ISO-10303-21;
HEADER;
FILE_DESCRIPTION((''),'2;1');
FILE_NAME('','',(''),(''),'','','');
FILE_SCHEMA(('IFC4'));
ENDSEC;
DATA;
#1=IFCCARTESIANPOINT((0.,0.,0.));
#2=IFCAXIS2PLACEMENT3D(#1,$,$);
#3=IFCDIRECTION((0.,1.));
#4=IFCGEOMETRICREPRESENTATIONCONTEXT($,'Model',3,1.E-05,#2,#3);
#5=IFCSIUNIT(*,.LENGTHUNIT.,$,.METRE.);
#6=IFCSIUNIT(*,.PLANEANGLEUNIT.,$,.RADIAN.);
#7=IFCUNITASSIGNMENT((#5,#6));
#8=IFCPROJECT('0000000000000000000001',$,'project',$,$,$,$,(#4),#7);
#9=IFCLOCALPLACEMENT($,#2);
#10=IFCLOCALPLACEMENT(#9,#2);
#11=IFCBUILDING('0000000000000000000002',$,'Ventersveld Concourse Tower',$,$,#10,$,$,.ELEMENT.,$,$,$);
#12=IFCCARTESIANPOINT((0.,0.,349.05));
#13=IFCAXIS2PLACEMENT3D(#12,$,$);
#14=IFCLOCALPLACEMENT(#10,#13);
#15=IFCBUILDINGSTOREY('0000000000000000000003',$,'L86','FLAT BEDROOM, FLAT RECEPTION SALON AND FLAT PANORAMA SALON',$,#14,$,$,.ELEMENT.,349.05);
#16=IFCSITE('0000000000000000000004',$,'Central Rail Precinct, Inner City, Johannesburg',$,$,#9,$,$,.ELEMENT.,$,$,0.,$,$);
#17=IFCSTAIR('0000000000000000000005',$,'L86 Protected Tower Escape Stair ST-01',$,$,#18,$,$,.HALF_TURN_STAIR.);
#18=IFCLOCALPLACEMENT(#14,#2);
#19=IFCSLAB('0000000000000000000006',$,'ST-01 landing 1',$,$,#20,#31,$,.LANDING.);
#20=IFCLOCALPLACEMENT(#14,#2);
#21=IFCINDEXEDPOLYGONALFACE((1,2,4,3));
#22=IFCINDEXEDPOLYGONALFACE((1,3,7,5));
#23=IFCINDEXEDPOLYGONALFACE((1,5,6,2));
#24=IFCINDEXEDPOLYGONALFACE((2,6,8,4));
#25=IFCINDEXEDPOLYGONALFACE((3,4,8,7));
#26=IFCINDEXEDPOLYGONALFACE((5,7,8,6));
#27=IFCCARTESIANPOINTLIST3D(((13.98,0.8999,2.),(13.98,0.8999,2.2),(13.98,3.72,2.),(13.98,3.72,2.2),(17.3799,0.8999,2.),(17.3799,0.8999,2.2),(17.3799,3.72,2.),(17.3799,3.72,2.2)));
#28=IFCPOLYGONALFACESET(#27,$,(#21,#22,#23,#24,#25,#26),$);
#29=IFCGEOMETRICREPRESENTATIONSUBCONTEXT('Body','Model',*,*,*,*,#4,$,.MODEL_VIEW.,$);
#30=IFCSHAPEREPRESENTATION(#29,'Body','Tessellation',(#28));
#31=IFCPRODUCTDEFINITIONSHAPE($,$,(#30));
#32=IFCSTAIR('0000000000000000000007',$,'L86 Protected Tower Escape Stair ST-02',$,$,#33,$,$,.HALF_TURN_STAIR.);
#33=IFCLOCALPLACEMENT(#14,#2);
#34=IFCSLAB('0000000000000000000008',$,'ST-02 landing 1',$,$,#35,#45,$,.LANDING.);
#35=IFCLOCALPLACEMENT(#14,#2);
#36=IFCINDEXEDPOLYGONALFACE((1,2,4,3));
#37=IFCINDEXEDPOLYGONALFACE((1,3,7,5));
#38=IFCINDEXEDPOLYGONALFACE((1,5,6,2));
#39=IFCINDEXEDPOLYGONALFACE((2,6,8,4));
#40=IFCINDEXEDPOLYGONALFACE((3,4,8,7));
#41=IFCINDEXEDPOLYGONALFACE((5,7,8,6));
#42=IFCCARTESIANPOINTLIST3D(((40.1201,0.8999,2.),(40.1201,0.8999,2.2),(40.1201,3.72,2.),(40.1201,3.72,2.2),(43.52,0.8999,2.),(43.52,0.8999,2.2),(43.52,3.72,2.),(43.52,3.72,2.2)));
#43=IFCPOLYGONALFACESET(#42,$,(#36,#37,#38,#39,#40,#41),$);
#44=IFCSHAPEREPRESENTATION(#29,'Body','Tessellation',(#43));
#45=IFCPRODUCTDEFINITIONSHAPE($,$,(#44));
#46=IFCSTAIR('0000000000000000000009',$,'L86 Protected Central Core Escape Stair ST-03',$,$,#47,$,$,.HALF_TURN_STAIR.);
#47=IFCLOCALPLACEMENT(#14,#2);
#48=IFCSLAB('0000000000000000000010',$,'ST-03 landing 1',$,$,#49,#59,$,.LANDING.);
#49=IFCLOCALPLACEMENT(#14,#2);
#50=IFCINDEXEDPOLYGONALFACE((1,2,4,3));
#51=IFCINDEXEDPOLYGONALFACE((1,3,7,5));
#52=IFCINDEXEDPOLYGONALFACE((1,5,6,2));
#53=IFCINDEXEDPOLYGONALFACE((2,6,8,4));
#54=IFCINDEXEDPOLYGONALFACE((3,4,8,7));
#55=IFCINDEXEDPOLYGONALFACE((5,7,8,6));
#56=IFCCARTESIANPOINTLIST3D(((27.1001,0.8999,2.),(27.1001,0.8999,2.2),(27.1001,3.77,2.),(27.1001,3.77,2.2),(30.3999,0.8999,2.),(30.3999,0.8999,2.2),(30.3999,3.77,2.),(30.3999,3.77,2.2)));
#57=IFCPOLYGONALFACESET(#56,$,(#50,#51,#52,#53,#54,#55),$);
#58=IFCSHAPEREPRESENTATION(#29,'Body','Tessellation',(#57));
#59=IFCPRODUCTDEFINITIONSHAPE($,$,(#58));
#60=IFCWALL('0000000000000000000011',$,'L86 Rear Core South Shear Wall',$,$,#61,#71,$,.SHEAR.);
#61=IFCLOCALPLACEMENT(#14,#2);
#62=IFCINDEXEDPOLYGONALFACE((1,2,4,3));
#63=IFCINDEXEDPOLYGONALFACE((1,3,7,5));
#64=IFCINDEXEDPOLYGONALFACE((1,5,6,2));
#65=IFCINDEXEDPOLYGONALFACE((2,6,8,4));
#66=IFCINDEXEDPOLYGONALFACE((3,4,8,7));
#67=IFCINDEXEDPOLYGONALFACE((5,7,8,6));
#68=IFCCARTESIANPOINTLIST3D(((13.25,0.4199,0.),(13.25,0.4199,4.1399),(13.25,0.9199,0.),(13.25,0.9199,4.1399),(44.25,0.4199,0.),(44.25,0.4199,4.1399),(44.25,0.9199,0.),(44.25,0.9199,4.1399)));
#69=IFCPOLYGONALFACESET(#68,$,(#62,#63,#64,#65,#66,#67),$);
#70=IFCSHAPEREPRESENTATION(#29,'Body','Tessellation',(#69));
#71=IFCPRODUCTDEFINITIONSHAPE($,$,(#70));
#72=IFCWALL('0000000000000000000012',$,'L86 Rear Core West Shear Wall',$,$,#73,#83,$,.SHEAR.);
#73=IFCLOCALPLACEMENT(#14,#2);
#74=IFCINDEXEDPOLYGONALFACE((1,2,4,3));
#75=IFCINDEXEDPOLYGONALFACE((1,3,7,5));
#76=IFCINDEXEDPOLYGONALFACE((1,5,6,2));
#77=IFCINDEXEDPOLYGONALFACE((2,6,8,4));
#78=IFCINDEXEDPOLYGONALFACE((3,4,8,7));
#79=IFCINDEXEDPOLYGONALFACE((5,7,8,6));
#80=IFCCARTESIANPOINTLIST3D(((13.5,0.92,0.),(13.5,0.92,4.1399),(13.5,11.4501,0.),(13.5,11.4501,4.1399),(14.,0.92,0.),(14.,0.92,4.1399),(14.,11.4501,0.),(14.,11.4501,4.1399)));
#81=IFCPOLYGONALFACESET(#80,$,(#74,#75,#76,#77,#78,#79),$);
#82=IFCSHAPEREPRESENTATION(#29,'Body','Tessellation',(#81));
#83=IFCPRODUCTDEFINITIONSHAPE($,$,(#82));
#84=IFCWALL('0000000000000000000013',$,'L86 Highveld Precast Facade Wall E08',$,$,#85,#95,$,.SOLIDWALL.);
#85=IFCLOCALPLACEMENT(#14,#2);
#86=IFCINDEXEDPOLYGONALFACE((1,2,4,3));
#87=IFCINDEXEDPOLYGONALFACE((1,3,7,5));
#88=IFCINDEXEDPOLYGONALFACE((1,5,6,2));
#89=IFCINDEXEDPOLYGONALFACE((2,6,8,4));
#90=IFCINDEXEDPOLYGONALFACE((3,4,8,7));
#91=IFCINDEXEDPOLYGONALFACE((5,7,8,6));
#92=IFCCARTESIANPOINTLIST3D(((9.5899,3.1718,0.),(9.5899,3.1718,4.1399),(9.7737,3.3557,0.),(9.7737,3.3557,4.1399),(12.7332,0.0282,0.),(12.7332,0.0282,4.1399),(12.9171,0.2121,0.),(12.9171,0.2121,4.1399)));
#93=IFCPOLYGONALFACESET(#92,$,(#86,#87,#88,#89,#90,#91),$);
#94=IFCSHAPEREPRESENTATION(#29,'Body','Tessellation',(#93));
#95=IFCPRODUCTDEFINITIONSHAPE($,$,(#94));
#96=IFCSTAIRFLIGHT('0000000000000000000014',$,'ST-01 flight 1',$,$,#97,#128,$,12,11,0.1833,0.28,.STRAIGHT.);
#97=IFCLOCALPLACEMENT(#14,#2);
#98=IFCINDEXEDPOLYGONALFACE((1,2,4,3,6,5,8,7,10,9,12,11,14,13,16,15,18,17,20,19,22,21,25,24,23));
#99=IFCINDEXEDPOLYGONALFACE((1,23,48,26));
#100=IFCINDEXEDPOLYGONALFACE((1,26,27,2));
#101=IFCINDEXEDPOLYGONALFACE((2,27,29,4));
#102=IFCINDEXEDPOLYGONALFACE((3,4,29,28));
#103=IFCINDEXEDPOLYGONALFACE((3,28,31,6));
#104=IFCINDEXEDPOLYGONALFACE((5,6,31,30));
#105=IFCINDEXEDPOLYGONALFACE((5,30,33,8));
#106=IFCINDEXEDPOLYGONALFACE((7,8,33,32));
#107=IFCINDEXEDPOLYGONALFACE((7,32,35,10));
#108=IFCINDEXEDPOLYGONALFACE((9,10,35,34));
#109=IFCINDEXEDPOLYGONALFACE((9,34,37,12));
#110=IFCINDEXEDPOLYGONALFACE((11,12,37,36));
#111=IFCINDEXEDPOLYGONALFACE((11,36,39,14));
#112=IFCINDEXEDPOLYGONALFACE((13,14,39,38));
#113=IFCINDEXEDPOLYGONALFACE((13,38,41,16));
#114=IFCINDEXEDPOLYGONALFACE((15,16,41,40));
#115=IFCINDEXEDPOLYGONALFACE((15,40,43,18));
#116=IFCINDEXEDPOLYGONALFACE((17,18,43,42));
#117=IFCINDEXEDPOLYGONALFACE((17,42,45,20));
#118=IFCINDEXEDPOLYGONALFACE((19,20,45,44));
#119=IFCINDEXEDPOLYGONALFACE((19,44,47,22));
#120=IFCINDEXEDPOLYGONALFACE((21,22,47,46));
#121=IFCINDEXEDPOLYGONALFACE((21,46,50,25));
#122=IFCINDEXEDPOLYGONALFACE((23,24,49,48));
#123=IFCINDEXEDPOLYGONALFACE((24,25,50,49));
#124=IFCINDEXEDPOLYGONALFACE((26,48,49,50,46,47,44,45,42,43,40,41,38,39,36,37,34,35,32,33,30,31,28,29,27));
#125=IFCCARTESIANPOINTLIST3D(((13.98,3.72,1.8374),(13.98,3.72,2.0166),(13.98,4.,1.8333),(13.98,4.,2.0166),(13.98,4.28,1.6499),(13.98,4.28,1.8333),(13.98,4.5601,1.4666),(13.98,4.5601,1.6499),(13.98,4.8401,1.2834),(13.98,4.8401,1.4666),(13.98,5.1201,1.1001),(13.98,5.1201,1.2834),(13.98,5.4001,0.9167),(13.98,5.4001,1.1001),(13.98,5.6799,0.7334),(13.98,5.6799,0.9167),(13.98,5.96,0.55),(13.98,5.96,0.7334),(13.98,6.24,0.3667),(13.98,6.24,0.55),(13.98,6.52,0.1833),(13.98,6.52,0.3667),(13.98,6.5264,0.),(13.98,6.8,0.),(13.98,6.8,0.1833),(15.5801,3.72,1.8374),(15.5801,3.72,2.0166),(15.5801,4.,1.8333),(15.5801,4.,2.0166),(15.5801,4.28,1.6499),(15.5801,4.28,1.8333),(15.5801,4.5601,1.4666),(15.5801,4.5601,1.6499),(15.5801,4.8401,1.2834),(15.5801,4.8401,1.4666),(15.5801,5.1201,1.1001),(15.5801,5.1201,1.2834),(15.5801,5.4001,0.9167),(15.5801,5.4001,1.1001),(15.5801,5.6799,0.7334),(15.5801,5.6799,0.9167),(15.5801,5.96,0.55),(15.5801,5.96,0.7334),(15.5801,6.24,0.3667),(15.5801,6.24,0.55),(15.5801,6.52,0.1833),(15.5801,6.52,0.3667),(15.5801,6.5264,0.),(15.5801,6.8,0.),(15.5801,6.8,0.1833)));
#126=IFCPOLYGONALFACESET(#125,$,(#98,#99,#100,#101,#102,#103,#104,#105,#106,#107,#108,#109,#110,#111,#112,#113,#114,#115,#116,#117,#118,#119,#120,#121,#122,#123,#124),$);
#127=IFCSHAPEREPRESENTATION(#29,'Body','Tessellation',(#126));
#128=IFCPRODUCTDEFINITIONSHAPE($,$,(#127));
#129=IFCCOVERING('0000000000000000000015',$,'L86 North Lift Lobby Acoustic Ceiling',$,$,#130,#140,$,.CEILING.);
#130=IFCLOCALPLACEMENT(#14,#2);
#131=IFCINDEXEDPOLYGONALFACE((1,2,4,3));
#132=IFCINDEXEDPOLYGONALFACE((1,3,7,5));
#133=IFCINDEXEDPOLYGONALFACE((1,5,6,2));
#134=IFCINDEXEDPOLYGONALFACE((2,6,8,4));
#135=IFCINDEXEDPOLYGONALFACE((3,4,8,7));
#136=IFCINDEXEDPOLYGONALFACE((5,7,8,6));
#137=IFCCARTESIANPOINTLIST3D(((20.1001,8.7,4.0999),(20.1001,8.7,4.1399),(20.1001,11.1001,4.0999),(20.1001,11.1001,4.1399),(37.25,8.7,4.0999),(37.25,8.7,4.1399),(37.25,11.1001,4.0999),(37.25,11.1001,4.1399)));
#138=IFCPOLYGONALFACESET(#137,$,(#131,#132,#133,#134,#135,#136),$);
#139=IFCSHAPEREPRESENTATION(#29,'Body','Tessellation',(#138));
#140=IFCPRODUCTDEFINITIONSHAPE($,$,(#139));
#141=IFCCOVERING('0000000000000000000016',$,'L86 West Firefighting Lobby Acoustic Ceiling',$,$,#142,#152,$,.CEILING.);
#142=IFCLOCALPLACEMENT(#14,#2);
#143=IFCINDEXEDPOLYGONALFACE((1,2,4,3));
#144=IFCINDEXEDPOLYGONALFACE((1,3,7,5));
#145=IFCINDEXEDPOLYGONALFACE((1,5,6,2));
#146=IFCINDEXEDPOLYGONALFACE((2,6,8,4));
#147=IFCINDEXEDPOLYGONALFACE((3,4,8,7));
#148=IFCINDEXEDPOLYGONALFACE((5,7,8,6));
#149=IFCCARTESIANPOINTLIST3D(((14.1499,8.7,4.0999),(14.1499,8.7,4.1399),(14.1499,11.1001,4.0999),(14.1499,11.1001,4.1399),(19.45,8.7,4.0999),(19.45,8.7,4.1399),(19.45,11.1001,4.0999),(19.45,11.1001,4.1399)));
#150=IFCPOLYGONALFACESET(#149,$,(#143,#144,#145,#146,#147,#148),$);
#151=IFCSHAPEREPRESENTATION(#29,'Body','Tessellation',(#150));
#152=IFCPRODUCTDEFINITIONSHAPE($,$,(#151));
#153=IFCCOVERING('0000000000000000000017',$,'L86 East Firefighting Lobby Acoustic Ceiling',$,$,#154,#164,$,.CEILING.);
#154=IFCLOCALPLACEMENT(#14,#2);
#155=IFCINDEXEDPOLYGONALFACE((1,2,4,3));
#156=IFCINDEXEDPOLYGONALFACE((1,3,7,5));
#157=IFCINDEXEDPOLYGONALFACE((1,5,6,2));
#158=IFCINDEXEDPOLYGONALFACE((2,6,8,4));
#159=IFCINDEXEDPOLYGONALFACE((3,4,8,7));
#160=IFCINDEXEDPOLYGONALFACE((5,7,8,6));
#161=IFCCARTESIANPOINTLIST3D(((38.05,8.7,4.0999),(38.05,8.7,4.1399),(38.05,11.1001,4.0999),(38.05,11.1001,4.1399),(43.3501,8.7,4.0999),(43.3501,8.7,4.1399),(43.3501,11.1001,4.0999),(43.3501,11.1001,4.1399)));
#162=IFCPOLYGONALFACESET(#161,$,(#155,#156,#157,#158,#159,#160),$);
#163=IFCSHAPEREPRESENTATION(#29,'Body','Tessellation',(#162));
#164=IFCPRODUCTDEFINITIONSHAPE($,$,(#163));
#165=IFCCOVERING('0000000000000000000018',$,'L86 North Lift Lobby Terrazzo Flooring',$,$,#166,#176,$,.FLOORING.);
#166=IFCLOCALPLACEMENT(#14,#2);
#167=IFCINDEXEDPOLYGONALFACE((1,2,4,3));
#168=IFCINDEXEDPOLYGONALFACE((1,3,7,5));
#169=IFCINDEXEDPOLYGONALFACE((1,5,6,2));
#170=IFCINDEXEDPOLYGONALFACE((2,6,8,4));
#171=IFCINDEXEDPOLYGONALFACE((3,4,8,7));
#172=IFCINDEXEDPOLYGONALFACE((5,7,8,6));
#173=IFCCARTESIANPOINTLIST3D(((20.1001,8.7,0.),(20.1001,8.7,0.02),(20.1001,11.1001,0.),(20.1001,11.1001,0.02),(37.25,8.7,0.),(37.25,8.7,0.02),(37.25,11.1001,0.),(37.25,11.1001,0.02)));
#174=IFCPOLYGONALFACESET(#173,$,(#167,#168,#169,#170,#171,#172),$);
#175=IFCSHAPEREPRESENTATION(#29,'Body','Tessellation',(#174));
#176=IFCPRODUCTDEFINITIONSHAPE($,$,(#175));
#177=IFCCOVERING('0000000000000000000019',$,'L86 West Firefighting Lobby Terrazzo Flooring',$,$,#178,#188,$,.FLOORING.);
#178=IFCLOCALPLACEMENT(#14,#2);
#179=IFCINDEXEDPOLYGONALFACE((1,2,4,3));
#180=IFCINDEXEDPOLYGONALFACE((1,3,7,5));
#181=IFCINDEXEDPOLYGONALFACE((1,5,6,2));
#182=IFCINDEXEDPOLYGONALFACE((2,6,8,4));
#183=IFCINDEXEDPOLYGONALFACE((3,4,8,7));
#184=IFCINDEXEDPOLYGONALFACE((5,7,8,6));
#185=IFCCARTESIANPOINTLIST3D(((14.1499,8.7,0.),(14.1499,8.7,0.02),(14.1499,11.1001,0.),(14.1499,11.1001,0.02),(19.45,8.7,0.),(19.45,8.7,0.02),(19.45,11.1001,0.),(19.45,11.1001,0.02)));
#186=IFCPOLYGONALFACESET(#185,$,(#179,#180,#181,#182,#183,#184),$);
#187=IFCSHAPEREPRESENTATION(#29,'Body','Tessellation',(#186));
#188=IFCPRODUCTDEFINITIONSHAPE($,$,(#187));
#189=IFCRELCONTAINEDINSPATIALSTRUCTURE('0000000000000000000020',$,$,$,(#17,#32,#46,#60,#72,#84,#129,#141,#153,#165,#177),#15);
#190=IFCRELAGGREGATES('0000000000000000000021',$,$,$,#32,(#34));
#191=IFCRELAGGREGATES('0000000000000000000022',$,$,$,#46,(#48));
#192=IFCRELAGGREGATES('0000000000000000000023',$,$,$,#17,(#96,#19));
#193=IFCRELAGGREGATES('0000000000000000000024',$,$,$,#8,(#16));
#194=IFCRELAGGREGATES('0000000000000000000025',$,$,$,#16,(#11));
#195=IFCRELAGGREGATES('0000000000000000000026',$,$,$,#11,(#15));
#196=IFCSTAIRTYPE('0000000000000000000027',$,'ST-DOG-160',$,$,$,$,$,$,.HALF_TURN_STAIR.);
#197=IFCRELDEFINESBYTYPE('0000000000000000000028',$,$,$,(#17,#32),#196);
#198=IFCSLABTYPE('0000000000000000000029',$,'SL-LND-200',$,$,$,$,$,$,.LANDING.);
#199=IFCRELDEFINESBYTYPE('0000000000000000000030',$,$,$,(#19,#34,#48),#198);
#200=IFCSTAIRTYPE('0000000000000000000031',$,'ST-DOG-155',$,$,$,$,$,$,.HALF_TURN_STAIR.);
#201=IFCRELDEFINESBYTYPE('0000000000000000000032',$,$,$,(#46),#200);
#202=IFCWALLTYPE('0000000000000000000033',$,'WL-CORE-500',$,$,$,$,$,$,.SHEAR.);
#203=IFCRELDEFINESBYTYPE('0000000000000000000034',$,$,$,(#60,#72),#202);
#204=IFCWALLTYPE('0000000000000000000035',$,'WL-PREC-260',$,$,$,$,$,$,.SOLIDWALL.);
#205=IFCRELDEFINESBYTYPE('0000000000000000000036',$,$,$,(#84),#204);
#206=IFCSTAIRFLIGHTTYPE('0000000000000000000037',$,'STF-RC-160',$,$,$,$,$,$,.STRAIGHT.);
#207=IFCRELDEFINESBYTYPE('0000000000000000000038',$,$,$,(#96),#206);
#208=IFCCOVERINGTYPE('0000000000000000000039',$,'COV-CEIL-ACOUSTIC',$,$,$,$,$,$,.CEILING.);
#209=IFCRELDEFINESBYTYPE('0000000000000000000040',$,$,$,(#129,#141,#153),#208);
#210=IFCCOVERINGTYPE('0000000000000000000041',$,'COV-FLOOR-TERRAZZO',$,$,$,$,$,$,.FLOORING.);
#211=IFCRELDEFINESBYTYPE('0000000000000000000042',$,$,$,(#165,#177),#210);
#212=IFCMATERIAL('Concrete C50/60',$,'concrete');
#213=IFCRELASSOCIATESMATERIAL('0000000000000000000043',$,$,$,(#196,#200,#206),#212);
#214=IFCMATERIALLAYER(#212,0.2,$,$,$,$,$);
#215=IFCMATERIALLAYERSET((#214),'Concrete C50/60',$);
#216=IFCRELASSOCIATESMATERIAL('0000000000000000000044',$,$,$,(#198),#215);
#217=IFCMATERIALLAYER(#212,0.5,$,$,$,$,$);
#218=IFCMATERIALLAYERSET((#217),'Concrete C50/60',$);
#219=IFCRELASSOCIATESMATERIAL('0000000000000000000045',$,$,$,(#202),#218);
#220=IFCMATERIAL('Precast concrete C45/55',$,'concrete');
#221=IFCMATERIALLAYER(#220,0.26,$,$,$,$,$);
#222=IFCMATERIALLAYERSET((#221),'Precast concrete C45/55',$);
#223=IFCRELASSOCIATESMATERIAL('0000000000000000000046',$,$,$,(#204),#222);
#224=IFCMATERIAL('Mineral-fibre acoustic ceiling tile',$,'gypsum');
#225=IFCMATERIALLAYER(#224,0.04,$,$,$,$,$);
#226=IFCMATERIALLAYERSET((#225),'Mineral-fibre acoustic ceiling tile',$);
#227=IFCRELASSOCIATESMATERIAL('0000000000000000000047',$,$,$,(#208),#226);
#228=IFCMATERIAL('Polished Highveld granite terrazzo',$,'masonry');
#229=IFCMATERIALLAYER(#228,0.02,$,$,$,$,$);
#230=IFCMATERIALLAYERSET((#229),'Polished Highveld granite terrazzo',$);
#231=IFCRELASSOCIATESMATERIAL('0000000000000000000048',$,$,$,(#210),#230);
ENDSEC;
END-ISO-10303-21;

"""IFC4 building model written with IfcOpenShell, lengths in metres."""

from ifc_helpers import new_model, si_unit, direction, frame, frame_2d, origin, place, context, subcontext, project, spatial, polyline, rectangle, outline, extrude, material, layer, layer_set, type_object, element, aggregate, save


model = new_model("IFC4")

# Units and contexts
model_context = context("Model", 3, precision=1e-05, world=origin(), true_north=direction((0.0, 1.0)))
body_context = subcontext(model_context, "Body", "Model", "MODEL_VIEW")
ifc_project = project(units=[si_unit("LENGTHUNIT", "METRE"), si_unit("PLANEANGLEUNIT", "RADIAN")], contexts=[model_context])

# Site, building, storey
site_placement = place(None, origin())
site = spatial("IfcSite", under=ifc_project, at=site_placement, Name="Central Rail Precinct, Inner City, Johannesburg", CompositionType="ELEMENT", RefElevation=0.0)
building_placement = place(site_placement, origin())
building = spatial("IfcBuilding", under=site, at=building_placement, Name="Ventersveld Concourse Tower", CompositionType="ELEMENT")
storey_placement = place(building_placement, frame((0.0, 0.0, 349.05)))
storey = spatial("IfcBuildingStorey", under=building, at=storey_placement, Name="L86", Description="FLAT BEDROOM, FLAT RECEPTION SALON AND FLAT PANORAMA SALON", CompositionType="ELEMENT", Elevation=349.05)

# Shared definitions
ifc_material_1 = material(Name="Concrete C50/60", Category="concrete")

# Stairs, slabs
stair_type_1 = type_object("IfcStairType", Name="ST-DOG-160", PredefinedType="HALF_TURN_STAIR", material=ifc_material_1)
stair_1_placement = place(storey_placement, origin())
stair_1 = element("IfcStair", 1, at=stair_1_placement, inside=storey, type_object=stair_type_1, Name="L86 Protected Tower Escape Stair ST-01", PredefinedType="HALF_TURN_STAIR")
ifc_layer_1 = layer(ifc_material_1, 0.2)
ifc_layer_set_1 = layer_set([ifc_layer_1], Name="Concrete C50/60")
slab_type_1 = type_object("IfcSlabType", Name="SL-LND-200", PredefinedType="LANDING", material=ifc_layer_set_1)
slab_1_placement = place(storey_placement, frame((0.0, 0.0, 2.0)))
slab_1 = element("IfcSlab", 2, at=slab_1_placement, type_object=slab_type_1, Name="ST-01 landing 1", PredefinedType="LANDING", context=body_context, shape_type="SweptSolid", body=[
    extrude(outline(polyline([(13.98, 3.72), (13.98, 0.8999), (17.3799, 0.8999), (17.3799, 3.72), (13.98, 3.72)])), origin(), (0.0, 0.0, 1.0), 0.2),
])
stair_2_placement = place(storey_placement, origin())
stair_2 = element("IfcStair", 3, at=stair_2_placement, inside=storey, type_object=stair_type_1, Name="L86 Protected Tower Escape Stair ST-02", PredefinedType="HALF_TURN_STAIR")
slab_2_placement = place(storey_placement, frame((0.0, 0.0, 2.0)))
slab_2 = element("IfcSlab", 4, at=slab_2_placement, type_object=slab_type_1, Name="ST-02 landing 1", PredefinedType="LANDING", context=body_context, shape_type="SweptSolid", body=[
    extrude(outline(polyline([(40.1201, 3.72), (40.1201, 0.8999), (43.52, 0.8999), (43.52, 3.72), (40.1201, 3.72)])), origin(), (0.0, 0.0, 1.0), 0.2),
])
aggregate(stair_2, [slab_2])
stair_type_2 = type_object("IfcStairType", Name="ST-DOG-155", PredefinedType="HALF_TURN_STAIR", material=ifc_material_1)
stair_3_placement = place(storey_placement, origin())
stair_3 = element("IfcStair", 5, at=stair_3_placement, inside=storey, type_object=stair_type_2, Name="L86 Protected Central Core Escape Stair ST-03", PredefinedType="HALF_TURN_STAIR")
slab_3_placement = place(storey_placement, frame((0.0, 0.0, 2.0)))
slab_3 = element("IfcSlab", 6, at=slab_3_placement, type_object=slab_type_1, Name="ST-03 landing 1", PredefinedType="LANDING", context=body_context, shape_type="SweptSolid", body=[
    extrude(outline(polyline([(27.1001, 3.77), (27.1001, 0.8999), (30.3999, 0.8999), (30.3999, 3.77), (27.1001, 3.77)])), origin(), (0.0, 0.0, 1.0), 0.2),
])
aggregate(stair_3, [slab_3])

# Walls
ifc_layer_2 = layer(ifc_material_1, 0.5)
ifc_layer_set_2 = layer_set([ifc_layer_2], Name="Concrete C50/60")
wall_type_1 = type_object("IfcWallType", Name="WL-CORE-500", PredefinedType="SHEAR", material=ifc_layer_set_2)
wall_1_placement = place(storey_placement, frame((13.25, 0.6699, 0.0), z_axis=(0.0, 0.0, 1.0), x_axis=(1.0, 0.0, 0.0)))
element("IfcWall", 7, at=wall_1_placement, inside=storey, type_object=wall_type_1, Name="L86 Rear Core South Shear Wall", PredefinedType="SHEAR", context=body_context, shape_type="SweptSolid", body=[
    extrude(rectangle(XDim=31.0, YDim=0.5, at=frame_2d((15.5, 0.0))), origin(), (0.0, 0.0, 1.0), 4.1399),
])
wall_2_placement = place(storey_placement, frame((13.75, 0.9199, 0.0), z_axis=(0.0, 0.0, 1.0), x_axis=(0.0, 1.0, 0.0)))
element("IfcWall", 8, at=wall_2_placement, inside=storey, type_object=wall_type_1, Name="L86 Rear Core West Shear Wall", PredefinedType="SHEAR", context=body_context, shape_type="SweptSolid", body=[
    extrude(rectangle(XDim=10.53, YDim=0.5, at=frame_2d((5.2651, 0.0))), origin(), (0.0, 0.0, 1.0), 4.1399),
])
ifc_material_2 = material(Name="Precast concrete C45/55", Category="concrete")
ifc_layer_3 = layer(ifc_material_2, 0.26)
ifc_layer_set_3 = layer_set([ifc_layer_3], Name="Precast concrete C45/55")
wall_type_2 = type_object("IfcWallType", Name="WL-PREC-260", PredefinedType="SOLIDWALL", material=ifc_layer_set_3)
wall_3_placement = place(storey_placement, frame((9.6819, 3.2637, 0.0), z_axis=(0.0, 0.0, 1.0), x_axis=(0.707079, -0.707134, 0.0)))
element("IfcWall", 9, at=wall_3_placement, inside=storey, type_object=wall_type_2, Name="L86 Highveld Precast Facade Wall E08", PredefinedType="SOLIDWALL", context=body_context, shape_type="SweptSolid", body=[
    extrude(rectangle(XDim=4.4456, YDim=0.26, at=frame_2d((2.2227, 0.0))), origin(), (0.0, 0.0, 1.0), 4.1399),
])

# Stair flight
stair_flight_type = type_object("IfcStairFlightType", Name="STF-RC-160", PredefinedType="STRAIGHT", material=ifc_material_1)
stair_flight_placement = place(storey_placement, frame((14.78, 6.8, 0.0), z_axis=(0.0, 0.0, 1.0), x_axis=(0.0, -1.0, 0.0)))
stair_flight = element("IfcStairFlight", 10, at=stair_flight_placement, type_object=stair_flight_type, Name="ST-01 flight 1", NumberOfRisers=12, NumberOfTreads=11, PredefinedType="STRAIGHT", RiserHeight=0.1833, TreadLength=0.28, context=body_context, shape_type="SweptSolid", body=[
    extrude(outline(polyline([(0.0, 0.0), (0.0, 0.1833), (0.28, 0.1833), (0.28, 0.3667), (0.5601, 0.3667), (0.5601, 0.55), (0.8401, 0.55), (0.8401, 0.7334), (1.1201, 0.7334), (1.1201, 0.9167), (1.3999, 0.9167), (1.3999, 1.1001), (1.6799, 1.1001), (1.6799, 1.2834), (1.96, 1.2834), (1.96, 1.4666), (2.24, 1.4666), (2.24, 1.6499), (2.52, 1.6499), (2.52, 1.8333), (2.8, 1.8333), (2.8, 2.0166), (3.0801, 2.0166), (3.0801, 2.2), (3.0801, 1.8374), (0.2737, 0.0), (0.0, 0.0)])), frame((0.0, 0.8, 0.0), z_axis=(0.0, -1.0, 0.0), x_axis=(1.0, 0.0, 0.0)), (0.0, 0.0, 1.0), 1.6001),
])
aggregate(stair_1, [stair_flight, slab_1])

# Coverings
ifc_material_3 = material(Name="Mineral-fibre acoustic ceiling tile", Category="gypsum")
ifc_layer_4 = layer(ifc_material_3, 0.04)
ifc_layer_set_4 = layer_set([ifc_layer_4], Name="Mineral-fibre acoustic ceiling tile")
covering_type_1 = type_object("IfcCoveringType", Name="COV-CEIL-ACOUSTIC", PredefinedType="CEILING", material=ifc_layer_set_4)
covering_1_placement = place(storey_placement, frame((0.0, 0.0, 4.0999)))
element("IfcCovering", 11, at=covering_1_placement, inside=storey, type_object=covering_type_1, Name="L86 North Lift Lobby Acoustic Ceiling", PredefinedType="CEILING", context=body_context, shape_type="SweptSolid", body=[
    extrude(outline(polyline([(20.1001, 8.7), (37.25, 8.7), (37.25, 11.1001), (20.1001, 11.1001), (20.1001, 8.7)])), origin(), (0.0, 0.0, 1.0), 0.04),
])
covering_2_placement = place(storey_placement, frame((0.0, 0.0, 4.0999)))
element("IfcCovering", 12, at=covering_2_placement, inside=storey, type_object=covering_type_1, Name="L86 West Firefighting Lobby Acoustic Ceiling", PredefinedType="CEILING", context=body_context, shape_type="SweptSolid", body=[
    extrude(outline(polyline([(14.1499, 8.7), (19.45, 8.7), (19.45, 11.1001), (14.1499, 11.1001), (14.1499, 8.7)])), origin(), (0.0, 0.0, 1.0), 0.04),
])
covering_3_placement = place(storey_placement, frame((0.0, 0.0, 4.0999)))
element("IfcCovering", 13, at=covering_3_placement, inside=storey, type_object=covering_type_1, Name="L86 East Firefighting Lobby Acoustic Ceiling", PredefinedType="CEILING", context=body_context, shape_type="SweptSolid", body=[
    extrude(outline(polyline([(38.05, 8.7), (43.3501, 8.7), (43.3501, 11.1001), (38.05, 11.1001), (38.05, 8.7)])), origin(), (0.0, 0.0, 1.0), 0.04),
])
ifc_material_4 = material(Name="Polished Highveld granite terrazzo", Category="masonry")
ifc_layer_5 = layer(ifc_material_4, 0.02)
ifc_layer_set_5 = layer_set([ifc_layer_5], Name="Polished Highveld granite terrazzo")
covering_type_2 = type_object("IfcCoveringType", Name="COV-FLOOR-TERRAZZO", PredefinedType="FLOORING", material=ifc_layer_set_5)
covering_4_placement = place(storey_placement, origin())
element("IfcCovering", 14, at=covering_4_placement, inside=storey, type_object=covering_type_2, Name="L86 North Lift Lobby Terrazzo Flooring", PredefinedType="FLOORING", context=body_context, shape_type="SweptSolid", body=[
    extrude(outline(polyline([(20.1001, 8.7), (37.25, 8.7), (37.25, 11.1001), (20.1001, 11.1001), (20.1001, 8.7)])), origin(), (0.0, 0.0, 1.0), 0.02),
])
covering_5_placement = place(storey_placement, origin())
element("IfcCovering", 15, at=covering_5_placement, inside=storey, type_object=covering_type_2, Name="L86 West Firefighting Lobby Terrazzo Flooring", PredefinedType="FLOORING", context=body_context, shape_type="SweptSolid", body=[
    extrude(outline(polyline([(14.1499, 8.7), (19.45, 8.7), (19.45, 11.1001), (14.1499, 11.1001), (14.1499, 8.7)])), origin(), (0.0, 0.0, 1.0), 0.02),
])

save(model, "model.ifc")
